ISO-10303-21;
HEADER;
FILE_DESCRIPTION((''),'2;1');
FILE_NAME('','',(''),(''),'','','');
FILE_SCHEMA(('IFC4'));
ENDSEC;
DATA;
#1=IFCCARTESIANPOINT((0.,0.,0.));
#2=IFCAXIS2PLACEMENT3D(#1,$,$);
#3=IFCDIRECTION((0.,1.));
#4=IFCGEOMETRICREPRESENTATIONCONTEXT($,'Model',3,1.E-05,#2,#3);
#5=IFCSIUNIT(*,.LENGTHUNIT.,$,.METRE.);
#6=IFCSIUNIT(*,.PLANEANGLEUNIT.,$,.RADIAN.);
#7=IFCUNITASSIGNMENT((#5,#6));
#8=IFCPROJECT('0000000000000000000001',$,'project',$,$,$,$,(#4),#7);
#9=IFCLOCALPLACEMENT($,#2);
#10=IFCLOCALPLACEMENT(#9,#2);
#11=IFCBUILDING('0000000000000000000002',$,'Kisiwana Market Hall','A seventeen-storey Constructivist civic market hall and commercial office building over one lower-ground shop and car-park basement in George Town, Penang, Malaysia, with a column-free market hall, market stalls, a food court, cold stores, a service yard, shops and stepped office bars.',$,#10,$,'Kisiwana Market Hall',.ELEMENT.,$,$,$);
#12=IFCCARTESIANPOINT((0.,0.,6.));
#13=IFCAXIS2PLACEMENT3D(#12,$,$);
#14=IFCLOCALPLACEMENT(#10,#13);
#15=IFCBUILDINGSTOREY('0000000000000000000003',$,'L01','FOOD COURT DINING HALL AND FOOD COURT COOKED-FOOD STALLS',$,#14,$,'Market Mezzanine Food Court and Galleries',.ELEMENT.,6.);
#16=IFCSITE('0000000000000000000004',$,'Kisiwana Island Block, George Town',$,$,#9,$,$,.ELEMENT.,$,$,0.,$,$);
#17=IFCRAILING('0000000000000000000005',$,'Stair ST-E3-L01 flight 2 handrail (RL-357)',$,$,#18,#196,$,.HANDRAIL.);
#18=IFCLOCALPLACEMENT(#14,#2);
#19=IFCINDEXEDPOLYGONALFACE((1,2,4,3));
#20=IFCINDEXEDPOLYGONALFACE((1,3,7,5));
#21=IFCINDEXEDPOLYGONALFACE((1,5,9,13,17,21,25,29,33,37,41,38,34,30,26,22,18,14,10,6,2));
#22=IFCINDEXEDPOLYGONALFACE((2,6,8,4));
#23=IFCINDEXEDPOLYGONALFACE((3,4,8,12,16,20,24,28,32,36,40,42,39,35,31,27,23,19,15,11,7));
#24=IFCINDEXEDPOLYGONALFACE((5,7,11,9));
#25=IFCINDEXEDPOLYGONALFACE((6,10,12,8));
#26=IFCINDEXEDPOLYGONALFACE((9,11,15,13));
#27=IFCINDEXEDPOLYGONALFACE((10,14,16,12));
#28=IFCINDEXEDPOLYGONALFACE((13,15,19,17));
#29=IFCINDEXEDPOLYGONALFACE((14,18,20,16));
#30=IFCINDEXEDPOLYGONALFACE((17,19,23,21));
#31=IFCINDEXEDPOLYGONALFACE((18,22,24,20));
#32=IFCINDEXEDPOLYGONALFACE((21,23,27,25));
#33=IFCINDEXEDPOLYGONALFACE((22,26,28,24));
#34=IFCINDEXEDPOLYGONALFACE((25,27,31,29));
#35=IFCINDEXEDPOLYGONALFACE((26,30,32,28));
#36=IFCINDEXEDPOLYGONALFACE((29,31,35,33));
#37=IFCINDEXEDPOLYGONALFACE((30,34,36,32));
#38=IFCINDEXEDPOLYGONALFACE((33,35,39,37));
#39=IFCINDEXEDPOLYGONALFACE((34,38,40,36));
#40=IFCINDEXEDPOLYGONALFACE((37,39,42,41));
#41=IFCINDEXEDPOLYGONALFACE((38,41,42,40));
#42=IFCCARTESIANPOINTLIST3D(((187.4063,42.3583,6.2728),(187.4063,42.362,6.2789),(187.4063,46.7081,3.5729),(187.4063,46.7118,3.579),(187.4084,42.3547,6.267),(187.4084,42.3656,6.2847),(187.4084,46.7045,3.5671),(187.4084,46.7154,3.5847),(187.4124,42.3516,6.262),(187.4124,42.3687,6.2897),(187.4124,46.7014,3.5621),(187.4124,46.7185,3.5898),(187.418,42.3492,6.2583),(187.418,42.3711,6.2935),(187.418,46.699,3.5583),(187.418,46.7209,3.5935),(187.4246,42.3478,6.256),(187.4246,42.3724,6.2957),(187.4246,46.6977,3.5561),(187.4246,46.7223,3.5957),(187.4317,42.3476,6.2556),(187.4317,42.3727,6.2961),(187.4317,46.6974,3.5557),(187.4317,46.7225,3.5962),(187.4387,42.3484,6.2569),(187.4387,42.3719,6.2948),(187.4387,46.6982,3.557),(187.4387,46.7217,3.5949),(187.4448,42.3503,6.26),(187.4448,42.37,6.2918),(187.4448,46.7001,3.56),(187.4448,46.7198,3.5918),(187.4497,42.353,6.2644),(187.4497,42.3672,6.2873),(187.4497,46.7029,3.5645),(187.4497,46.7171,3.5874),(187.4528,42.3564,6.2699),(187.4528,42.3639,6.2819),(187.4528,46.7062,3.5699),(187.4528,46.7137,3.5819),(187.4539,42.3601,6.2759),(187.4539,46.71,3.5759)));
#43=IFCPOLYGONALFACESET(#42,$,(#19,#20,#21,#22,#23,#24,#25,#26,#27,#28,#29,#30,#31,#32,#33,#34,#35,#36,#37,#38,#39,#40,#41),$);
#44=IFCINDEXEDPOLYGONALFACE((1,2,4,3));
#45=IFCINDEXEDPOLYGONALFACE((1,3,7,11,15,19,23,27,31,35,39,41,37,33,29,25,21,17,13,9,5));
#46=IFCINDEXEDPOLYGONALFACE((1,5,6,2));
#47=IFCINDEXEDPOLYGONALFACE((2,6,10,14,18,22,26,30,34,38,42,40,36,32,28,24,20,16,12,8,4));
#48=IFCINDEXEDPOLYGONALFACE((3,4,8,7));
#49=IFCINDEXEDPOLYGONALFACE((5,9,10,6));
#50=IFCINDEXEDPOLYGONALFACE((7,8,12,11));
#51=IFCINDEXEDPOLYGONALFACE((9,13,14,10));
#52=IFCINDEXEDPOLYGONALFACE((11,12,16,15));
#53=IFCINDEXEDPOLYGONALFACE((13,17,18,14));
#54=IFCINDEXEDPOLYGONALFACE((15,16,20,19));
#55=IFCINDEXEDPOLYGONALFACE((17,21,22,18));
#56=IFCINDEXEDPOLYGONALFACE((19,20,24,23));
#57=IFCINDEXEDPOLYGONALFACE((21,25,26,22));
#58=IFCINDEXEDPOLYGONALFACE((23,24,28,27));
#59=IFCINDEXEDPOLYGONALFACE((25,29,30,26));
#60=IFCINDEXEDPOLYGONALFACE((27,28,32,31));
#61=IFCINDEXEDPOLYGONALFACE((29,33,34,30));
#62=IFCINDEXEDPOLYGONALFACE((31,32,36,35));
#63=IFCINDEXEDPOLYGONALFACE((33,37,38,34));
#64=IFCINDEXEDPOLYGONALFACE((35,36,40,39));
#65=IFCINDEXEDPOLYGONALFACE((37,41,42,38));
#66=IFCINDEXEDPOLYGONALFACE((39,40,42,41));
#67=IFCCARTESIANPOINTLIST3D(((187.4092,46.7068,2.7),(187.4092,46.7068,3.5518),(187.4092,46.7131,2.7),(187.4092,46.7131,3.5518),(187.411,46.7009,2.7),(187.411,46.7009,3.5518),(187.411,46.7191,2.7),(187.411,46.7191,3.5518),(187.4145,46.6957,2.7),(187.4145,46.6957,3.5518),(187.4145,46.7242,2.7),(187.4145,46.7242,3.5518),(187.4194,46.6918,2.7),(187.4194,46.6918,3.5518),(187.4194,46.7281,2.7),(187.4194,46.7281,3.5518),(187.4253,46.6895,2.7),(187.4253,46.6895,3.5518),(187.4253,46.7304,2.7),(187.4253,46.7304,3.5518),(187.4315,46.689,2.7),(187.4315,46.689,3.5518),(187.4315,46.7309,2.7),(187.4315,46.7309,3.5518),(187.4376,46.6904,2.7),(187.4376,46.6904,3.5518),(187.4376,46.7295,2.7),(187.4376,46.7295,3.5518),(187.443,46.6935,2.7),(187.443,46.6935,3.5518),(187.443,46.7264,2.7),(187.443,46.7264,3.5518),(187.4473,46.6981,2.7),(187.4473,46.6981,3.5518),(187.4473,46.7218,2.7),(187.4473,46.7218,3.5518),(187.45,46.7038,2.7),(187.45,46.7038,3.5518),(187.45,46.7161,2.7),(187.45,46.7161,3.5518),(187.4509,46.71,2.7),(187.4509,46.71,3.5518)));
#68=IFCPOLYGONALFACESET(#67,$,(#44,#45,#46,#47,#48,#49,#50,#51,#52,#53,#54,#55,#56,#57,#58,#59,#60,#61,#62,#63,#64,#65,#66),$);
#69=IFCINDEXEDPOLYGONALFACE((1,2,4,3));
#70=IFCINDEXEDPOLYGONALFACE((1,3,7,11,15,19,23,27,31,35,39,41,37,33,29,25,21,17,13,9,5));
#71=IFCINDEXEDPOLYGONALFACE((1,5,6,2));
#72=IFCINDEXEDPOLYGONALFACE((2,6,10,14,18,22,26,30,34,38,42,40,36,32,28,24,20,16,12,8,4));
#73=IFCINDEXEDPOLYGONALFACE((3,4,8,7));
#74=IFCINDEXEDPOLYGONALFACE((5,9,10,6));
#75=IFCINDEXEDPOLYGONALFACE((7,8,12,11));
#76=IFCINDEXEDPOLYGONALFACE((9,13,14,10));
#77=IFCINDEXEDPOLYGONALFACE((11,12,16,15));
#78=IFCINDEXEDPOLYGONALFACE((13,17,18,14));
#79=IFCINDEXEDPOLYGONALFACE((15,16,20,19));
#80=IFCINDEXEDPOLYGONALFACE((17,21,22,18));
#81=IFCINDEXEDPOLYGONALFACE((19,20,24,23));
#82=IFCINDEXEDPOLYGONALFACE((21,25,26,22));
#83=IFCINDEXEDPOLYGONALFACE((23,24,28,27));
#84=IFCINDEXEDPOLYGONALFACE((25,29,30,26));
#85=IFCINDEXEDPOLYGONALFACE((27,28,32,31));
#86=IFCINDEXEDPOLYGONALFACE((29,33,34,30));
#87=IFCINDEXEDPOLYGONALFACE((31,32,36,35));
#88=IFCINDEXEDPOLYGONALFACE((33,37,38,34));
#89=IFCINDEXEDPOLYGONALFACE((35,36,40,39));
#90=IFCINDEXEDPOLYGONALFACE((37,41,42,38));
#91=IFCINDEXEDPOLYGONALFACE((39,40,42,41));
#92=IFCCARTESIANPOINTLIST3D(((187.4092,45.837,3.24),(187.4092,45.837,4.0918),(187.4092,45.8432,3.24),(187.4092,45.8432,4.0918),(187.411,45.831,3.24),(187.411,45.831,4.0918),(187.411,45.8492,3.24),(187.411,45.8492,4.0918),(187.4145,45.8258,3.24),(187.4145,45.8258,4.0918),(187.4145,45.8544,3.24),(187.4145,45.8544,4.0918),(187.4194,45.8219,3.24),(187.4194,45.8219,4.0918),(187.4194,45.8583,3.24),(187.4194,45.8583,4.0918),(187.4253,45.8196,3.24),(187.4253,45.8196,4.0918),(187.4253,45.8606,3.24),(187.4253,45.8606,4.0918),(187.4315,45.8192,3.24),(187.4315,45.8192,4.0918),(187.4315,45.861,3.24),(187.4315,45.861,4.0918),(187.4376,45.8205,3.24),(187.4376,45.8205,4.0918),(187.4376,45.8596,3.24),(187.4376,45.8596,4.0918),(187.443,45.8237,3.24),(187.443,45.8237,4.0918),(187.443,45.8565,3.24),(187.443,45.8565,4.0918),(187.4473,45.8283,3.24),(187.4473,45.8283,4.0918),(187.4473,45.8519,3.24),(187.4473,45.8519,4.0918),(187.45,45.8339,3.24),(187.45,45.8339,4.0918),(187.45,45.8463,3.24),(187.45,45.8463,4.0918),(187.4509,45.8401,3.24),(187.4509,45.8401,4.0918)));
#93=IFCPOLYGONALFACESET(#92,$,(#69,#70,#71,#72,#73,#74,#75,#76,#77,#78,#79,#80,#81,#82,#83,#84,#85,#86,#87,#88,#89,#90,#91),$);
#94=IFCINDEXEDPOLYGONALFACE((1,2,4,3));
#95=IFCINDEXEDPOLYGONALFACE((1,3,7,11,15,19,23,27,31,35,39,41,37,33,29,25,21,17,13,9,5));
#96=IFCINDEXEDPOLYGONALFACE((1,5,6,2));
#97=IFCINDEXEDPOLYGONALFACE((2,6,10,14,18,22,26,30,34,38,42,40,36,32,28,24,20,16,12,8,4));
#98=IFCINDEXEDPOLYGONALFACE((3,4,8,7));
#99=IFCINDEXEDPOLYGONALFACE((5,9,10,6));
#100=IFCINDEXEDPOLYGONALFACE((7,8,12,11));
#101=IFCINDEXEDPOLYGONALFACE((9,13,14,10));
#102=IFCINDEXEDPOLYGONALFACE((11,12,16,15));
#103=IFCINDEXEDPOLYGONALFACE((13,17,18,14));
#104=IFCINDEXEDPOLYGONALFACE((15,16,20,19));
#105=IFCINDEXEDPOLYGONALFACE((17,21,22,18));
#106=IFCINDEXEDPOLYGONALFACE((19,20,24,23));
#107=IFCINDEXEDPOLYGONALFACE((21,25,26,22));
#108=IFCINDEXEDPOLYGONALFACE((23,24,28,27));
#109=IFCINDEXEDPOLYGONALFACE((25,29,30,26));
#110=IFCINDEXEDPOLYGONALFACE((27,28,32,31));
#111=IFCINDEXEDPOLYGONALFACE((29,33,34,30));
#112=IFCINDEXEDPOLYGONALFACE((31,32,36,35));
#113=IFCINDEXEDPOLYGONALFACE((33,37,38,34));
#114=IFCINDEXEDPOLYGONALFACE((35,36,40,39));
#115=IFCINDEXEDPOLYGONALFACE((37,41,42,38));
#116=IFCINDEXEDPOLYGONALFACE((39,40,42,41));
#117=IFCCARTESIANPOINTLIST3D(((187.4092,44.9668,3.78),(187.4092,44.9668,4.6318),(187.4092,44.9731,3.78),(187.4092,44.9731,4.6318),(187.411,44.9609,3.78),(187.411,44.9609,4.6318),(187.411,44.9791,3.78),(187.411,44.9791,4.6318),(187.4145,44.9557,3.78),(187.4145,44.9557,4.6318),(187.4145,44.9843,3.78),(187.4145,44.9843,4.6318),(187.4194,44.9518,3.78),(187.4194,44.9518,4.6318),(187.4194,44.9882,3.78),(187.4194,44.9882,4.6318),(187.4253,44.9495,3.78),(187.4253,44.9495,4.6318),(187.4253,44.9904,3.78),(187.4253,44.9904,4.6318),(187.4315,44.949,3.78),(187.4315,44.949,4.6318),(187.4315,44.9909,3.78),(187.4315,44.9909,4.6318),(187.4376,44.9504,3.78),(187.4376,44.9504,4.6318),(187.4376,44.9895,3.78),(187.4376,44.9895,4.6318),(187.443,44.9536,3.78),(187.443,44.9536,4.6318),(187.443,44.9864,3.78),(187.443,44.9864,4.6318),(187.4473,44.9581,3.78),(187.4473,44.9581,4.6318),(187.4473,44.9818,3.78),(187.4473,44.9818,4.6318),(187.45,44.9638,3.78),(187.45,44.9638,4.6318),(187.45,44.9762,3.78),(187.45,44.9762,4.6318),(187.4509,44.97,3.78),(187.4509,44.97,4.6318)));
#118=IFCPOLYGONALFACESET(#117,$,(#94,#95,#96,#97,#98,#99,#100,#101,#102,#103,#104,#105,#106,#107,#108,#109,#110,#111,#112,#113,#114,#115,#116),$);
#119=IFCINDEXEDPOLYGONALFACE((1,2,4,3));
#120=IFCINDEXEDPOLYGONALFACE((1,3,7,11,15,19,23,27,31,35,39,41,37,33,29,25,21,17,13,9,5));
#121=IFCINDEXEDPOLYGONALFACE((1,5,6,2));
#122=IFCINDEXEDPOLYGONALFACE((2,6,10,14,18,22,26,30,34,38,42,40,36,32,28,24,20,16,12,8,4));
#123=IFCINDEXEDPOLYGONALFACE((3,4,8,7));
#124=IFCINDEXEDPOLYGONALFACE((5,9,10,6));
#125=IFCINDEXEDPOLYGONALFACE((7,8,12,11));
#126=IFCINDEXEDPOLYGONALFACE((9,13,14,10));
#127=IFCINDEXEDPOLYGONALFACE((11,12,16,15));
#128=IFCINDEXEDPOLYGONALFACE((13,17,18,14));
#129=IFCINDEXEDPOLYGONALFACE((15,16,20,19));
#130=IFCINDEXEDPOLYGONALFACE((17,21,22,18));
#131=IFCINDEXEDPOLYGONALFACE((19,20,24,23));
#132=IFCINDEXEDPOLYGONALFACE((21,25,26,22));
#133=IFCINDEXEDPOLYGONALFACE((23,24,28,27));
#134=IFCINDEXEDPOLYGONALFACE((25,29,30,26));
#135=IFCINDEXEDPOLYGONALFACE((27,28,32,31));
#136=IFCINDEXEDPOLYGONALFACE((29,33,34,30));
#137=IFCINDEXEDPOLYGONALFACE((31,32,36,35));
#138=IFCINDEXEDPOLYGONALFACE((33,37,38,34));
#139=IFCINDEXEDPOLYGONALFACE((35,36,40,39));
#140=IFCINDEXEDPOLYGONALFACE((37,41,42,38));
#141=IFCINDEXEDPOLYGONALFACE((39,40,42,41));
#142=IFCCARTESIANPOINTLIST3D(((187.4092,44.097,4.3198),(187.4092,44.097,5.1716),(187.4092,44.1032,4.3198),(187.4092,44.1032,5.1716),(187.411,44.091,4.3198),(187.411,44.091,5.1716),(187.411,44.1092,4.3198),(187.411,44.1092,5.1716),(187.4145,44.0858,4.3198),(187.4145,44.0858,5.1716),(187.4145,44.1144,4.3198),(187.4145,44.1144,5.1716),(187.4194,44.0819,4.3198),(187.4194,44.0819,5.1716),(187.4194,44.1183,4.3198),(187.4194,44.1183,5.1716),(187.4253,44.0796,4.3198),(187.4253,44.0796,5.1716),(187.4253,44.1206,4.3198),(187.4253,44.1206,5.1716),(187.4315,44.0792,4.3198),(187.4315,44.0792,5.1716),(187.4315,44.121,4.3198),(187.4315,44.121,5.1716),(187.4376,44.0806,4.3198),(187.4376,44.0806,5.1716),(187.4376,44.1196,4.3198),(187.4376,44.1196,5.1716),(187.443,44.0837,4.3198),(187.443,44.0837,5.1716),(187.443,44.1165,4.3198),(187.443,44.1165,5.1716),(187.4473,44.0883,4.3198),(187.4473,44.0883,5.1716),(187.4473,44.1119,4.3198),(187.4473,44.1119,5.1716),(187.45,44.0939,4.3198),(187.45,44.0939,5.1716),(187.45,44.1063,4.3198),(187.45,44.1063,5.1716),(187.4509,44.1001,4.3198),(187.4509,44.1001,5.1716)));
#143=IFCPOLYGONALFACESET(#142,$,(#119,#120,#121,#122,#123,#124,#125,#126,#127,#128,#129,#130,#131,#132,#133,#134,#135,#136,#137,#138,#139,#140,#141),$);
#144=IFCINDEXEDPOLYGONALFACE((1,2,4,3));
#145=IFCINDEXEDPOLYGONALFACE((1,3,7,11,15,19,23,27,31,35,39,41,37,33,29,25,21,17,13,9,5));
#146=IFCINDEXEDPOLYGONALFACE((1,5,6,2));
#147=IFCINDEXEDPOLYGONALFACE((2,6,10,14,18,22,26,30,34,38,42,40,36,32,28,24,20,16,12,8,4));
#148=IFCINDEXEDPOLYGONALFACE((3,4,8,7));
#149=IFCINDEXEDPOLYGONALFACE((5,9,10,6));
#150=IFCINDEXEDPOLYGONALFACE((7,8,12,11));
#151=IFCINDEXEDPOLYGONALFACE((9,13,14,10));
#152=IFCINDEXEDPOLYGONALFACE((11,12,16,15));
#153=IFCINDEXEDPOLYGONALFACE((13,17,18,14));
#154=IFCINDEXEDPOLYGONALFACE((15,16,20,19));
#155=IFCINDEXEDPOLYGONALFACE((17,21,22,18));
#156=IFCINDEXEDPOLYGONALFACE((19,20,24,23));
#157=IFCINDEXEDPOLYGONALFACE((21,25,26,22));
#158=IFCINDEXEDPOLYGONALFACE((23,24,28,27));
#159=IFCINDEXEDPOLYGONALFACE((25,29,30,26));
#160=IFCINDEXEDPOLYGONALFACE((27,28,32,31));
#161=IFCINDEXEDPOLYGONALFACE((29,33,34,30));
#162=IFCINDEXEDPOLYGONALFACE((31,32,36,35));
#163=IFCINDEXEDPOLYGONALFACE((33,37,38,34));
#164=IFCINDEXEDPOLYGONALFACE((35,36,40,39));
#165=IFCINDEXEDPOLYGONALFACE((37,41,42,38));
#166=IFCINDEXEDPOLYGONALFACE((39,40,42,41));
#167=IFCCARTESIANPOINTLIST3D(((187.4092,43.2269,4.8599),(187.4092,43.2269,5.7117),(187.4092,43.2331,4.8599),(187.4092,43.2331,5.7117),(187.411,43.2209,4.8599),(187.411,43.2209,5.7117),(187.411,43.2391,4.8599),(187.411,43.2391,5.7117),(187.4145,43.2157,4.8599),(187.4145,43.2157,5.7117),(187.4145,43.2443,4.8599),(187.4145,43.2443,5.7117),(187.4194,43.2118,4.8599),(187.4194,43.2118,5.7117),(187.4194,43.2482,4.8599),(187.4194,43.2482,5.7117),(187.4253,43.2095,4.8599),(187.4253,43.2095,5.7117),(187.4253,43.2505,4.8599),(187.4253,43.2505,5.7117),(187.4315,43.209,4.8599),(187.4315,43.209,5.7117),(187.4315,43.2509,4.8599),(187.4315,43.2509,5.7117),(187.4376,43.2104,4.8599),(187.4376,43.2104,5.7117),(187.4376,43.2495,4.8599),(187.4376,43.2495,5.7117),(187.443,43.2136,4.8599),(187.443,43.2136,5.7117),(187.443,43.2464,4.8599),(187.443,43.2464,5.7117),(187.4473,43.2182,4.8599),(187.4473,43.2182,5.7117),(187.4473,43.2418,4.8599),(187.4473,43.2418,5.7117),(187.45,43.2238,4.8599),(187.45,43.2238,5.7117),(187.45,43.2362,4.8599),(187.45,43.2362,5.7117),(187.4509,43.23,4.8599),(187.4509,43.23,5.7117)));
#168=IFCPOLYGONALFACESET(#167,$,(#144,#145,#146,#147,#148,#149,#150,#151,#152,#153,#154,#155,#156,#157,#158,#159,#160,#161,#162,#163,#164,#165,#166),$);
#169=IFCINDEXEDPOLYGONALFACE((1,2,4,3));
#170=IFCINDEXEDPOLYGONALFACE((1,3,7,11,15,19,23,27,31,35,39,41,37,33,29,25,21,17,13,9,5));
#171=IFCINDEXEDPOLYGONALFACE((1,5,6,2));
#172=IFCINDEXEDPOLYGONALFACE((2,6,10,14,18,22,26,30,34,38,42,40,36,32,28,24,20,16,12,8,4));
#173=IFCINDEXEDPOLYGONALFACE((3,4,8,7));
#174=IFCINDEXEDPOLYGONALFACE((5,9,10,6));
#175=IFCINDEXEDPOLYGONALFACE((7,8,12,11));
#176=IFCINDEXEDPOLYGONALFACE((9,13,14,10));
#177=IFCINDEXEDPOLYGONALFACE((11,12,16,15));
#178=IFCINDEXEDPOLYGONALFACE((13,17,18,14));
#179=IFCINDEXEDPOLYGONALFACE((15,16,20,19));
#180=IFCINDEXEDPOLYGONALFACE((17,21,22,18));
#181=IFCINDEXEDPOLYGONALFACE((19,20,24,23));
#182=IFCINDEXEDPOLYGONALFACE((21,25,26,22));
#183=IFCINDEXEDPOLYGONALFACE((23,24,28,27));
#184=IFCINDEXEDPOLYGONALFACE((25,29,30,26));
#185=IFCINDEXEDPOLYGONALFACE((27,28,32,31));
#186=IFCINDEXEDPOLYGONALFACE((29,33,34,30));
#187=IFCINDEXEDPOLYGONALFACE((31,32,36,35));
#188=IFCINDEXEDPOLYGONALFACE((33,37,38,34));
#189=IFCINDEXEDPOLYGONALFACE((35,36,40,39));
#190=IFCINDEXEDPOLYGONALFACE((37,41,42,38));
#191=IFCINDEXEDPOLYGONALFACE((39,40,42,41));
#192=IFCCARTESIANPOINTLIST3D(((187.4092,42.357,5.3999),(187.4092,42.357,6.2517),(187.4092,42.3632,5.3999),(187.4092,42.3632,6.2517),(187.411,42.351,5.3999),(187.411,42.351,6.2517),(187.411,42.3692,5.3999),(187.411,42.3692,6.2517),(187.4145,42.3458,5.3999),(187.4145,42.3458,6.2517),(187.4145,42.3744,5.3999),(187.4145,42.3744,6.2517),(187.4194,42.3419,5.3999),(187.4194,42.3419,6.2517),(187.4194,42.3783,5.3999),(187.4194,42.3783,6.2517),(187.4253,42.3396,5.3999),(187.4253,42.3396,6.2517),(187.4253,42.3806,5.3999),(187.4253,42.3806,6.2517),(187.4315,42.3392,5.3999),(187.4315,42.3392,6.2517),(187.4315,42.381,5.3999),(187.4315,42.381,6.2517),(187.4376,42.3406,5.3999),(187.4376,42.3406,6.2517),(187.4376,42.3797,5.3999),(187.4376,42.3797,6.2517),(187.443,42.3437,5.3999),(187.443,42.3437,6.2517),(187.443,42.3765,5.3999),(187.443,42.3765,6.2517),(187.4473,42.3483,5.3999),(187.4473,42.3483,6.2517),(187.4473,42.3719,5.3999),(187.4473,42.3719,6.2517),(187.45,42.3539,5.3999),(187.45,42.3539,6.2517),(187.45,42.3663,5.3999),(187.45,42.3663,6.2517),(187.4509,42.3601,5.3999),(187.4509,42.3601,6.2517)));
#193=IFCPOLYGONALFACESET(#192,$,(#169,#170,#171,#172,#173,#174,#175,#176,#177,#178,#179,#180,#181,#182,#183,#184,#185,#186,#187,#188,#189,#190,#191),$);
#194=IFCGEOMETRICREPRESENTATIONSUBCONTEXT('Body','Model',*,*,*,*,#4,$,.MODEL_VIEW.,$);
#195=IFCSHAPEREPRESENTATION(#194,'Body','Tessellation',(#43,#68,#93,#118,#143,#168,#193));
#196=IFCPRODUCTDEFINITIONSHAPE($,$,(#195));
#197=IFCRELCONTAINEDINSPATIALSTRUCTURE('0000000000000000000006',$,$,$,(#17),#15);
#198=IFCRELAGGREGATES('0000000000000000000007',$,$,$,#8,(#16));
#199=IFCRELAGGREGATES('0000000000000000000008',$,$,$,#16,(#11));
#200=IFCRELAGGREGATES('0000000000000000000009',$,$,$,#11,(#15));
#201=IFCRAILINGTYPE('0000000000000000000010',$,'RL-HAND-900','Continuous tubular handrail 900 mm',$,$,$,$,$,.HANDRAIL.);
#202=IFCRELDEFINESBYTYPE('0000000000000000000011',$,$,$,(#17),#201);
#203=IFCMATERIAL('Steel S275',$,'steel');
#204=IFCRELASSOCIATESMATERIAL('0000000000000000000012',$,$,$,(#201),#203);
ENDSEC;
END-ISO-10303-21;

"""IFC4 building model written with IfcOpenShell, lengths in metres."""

from ifc_helpers import new_model, si_unit, direction, frame, origin, origin_2d, place, context, subcontext, project, spatial, circle, extrude, material, type_object, element, save


model = new_model("IFC4")

# Units and contexts
model_context = context("Model", 3, precision=1e-05, world=origin(), true_north=direction((0.0, 1.0)))
body_context = subcontext(model_context, "Body", "Model", "MODEL_VIEW")
ifc_project = project(units=[si_unit("LENGTHUNIT", "METRE"), si_unit("PLANEANGLEUNIT", "RADIAN")], contexts=[model_context])

# Site, building, storey
site_placement = place(None, origin())
site = spatial("IfcSite", under=ifc_project, at=site_placement, Name="Kisiwana Island Block, George Town", CompositionType="ELEMENT", RefElevation=0.0)
building_placement = place(site_placement, origin())
building = spatial("IfcBuilding", under=site, at=building_placement, Name="Kisiwana Market Hall", Description="A seventeen-storey Constructivist civic market hall and commercial office building over one lower-ground shop and car-park basement in George Town, Penang, Malaysia, with a column-free market hall, market stalls, a food court, cold stores, a service yard, shops and stepped office bars.", LongName="Kisiwana Market Hall", CompositionType="ELEMENT")
storey_placement = place(building_placement, frame((0.0, 0.0, 6.0)))
storey = spatial("IfcBuildingStorey", under=building, at=storey_placement, Name="L01", Description="FOOD COURT DINING HALL AND FOOD COURT COOKED-FOOD STALLS", LongName="Market Mezzanine Food Court and Galleries", CompositionType="ELEMENT", Elevation=6.0)

# Railing
ifc_material_1 = material(Name="Steel S275", Category="steel")
railing_type_1 = type_object("IfcRailingType", Name="RL-HAND-900", Description="Continuous tubular handrail 900 mm", PredefinedType="HANDRAIL", material=ifc_material_1)
railing_1_placement = place(storey_placement, frame((187.4299, 46.71, 2.7)))
element("IfcRailing", 1, at=railing_1_placement, inside=storey, type_object=railing_type_1, Name="Stair ST-E3-L01 flight 2 handrail (RL-357)", PredefinedType="HANDRAIL", context=body_context, shape_type="SweptSolid", body=[
    extrude(circle(Radius=0.0239, at=origin_2d()), frame((0.0, 0.0, 0.876), z_axis=(0.0, -0.849636, 0.527369), x_axis=(1.0, 0.0, 0.0)), (0.0, 0.0, 1.0), 5.1196),
    extrude(circle(Radius=0.021, at=origin_2d()), origin(), (0.0, 0.0, 1.0), 0.8518),
    extrude(circle(Radius=0.021, at=origin_2d()), frame((0.0, -0.8699, 0.54)), (0.0, 0.0, 1.0), 0.8518),
    extrude(circle(Radius=0.021, at=origin_2d()), frame((0.0, -1.74, 1.0801)), (0.0, 0.0, 1.0), 0.8518),
    extrude(circle(Radius=0.021, at=origin_2d()), frame((0.0, -2.6099, 1.6199)), (0.0, 0.0, 1.0), 0.8518),
    extrude(circle(Radius=0.021, at=origin_2d()), frame((0.0, -3.48, 2.1599)), (0.0, 0.0, 1.0), 0.8518),
    extrude(circle(Radius=0.021, at=origin_2d()), frame((0.0, -4.3499, 2.7)), (0.0, 0.0, 1.0), 0.8518),
])

save(model, "model.ifc")
